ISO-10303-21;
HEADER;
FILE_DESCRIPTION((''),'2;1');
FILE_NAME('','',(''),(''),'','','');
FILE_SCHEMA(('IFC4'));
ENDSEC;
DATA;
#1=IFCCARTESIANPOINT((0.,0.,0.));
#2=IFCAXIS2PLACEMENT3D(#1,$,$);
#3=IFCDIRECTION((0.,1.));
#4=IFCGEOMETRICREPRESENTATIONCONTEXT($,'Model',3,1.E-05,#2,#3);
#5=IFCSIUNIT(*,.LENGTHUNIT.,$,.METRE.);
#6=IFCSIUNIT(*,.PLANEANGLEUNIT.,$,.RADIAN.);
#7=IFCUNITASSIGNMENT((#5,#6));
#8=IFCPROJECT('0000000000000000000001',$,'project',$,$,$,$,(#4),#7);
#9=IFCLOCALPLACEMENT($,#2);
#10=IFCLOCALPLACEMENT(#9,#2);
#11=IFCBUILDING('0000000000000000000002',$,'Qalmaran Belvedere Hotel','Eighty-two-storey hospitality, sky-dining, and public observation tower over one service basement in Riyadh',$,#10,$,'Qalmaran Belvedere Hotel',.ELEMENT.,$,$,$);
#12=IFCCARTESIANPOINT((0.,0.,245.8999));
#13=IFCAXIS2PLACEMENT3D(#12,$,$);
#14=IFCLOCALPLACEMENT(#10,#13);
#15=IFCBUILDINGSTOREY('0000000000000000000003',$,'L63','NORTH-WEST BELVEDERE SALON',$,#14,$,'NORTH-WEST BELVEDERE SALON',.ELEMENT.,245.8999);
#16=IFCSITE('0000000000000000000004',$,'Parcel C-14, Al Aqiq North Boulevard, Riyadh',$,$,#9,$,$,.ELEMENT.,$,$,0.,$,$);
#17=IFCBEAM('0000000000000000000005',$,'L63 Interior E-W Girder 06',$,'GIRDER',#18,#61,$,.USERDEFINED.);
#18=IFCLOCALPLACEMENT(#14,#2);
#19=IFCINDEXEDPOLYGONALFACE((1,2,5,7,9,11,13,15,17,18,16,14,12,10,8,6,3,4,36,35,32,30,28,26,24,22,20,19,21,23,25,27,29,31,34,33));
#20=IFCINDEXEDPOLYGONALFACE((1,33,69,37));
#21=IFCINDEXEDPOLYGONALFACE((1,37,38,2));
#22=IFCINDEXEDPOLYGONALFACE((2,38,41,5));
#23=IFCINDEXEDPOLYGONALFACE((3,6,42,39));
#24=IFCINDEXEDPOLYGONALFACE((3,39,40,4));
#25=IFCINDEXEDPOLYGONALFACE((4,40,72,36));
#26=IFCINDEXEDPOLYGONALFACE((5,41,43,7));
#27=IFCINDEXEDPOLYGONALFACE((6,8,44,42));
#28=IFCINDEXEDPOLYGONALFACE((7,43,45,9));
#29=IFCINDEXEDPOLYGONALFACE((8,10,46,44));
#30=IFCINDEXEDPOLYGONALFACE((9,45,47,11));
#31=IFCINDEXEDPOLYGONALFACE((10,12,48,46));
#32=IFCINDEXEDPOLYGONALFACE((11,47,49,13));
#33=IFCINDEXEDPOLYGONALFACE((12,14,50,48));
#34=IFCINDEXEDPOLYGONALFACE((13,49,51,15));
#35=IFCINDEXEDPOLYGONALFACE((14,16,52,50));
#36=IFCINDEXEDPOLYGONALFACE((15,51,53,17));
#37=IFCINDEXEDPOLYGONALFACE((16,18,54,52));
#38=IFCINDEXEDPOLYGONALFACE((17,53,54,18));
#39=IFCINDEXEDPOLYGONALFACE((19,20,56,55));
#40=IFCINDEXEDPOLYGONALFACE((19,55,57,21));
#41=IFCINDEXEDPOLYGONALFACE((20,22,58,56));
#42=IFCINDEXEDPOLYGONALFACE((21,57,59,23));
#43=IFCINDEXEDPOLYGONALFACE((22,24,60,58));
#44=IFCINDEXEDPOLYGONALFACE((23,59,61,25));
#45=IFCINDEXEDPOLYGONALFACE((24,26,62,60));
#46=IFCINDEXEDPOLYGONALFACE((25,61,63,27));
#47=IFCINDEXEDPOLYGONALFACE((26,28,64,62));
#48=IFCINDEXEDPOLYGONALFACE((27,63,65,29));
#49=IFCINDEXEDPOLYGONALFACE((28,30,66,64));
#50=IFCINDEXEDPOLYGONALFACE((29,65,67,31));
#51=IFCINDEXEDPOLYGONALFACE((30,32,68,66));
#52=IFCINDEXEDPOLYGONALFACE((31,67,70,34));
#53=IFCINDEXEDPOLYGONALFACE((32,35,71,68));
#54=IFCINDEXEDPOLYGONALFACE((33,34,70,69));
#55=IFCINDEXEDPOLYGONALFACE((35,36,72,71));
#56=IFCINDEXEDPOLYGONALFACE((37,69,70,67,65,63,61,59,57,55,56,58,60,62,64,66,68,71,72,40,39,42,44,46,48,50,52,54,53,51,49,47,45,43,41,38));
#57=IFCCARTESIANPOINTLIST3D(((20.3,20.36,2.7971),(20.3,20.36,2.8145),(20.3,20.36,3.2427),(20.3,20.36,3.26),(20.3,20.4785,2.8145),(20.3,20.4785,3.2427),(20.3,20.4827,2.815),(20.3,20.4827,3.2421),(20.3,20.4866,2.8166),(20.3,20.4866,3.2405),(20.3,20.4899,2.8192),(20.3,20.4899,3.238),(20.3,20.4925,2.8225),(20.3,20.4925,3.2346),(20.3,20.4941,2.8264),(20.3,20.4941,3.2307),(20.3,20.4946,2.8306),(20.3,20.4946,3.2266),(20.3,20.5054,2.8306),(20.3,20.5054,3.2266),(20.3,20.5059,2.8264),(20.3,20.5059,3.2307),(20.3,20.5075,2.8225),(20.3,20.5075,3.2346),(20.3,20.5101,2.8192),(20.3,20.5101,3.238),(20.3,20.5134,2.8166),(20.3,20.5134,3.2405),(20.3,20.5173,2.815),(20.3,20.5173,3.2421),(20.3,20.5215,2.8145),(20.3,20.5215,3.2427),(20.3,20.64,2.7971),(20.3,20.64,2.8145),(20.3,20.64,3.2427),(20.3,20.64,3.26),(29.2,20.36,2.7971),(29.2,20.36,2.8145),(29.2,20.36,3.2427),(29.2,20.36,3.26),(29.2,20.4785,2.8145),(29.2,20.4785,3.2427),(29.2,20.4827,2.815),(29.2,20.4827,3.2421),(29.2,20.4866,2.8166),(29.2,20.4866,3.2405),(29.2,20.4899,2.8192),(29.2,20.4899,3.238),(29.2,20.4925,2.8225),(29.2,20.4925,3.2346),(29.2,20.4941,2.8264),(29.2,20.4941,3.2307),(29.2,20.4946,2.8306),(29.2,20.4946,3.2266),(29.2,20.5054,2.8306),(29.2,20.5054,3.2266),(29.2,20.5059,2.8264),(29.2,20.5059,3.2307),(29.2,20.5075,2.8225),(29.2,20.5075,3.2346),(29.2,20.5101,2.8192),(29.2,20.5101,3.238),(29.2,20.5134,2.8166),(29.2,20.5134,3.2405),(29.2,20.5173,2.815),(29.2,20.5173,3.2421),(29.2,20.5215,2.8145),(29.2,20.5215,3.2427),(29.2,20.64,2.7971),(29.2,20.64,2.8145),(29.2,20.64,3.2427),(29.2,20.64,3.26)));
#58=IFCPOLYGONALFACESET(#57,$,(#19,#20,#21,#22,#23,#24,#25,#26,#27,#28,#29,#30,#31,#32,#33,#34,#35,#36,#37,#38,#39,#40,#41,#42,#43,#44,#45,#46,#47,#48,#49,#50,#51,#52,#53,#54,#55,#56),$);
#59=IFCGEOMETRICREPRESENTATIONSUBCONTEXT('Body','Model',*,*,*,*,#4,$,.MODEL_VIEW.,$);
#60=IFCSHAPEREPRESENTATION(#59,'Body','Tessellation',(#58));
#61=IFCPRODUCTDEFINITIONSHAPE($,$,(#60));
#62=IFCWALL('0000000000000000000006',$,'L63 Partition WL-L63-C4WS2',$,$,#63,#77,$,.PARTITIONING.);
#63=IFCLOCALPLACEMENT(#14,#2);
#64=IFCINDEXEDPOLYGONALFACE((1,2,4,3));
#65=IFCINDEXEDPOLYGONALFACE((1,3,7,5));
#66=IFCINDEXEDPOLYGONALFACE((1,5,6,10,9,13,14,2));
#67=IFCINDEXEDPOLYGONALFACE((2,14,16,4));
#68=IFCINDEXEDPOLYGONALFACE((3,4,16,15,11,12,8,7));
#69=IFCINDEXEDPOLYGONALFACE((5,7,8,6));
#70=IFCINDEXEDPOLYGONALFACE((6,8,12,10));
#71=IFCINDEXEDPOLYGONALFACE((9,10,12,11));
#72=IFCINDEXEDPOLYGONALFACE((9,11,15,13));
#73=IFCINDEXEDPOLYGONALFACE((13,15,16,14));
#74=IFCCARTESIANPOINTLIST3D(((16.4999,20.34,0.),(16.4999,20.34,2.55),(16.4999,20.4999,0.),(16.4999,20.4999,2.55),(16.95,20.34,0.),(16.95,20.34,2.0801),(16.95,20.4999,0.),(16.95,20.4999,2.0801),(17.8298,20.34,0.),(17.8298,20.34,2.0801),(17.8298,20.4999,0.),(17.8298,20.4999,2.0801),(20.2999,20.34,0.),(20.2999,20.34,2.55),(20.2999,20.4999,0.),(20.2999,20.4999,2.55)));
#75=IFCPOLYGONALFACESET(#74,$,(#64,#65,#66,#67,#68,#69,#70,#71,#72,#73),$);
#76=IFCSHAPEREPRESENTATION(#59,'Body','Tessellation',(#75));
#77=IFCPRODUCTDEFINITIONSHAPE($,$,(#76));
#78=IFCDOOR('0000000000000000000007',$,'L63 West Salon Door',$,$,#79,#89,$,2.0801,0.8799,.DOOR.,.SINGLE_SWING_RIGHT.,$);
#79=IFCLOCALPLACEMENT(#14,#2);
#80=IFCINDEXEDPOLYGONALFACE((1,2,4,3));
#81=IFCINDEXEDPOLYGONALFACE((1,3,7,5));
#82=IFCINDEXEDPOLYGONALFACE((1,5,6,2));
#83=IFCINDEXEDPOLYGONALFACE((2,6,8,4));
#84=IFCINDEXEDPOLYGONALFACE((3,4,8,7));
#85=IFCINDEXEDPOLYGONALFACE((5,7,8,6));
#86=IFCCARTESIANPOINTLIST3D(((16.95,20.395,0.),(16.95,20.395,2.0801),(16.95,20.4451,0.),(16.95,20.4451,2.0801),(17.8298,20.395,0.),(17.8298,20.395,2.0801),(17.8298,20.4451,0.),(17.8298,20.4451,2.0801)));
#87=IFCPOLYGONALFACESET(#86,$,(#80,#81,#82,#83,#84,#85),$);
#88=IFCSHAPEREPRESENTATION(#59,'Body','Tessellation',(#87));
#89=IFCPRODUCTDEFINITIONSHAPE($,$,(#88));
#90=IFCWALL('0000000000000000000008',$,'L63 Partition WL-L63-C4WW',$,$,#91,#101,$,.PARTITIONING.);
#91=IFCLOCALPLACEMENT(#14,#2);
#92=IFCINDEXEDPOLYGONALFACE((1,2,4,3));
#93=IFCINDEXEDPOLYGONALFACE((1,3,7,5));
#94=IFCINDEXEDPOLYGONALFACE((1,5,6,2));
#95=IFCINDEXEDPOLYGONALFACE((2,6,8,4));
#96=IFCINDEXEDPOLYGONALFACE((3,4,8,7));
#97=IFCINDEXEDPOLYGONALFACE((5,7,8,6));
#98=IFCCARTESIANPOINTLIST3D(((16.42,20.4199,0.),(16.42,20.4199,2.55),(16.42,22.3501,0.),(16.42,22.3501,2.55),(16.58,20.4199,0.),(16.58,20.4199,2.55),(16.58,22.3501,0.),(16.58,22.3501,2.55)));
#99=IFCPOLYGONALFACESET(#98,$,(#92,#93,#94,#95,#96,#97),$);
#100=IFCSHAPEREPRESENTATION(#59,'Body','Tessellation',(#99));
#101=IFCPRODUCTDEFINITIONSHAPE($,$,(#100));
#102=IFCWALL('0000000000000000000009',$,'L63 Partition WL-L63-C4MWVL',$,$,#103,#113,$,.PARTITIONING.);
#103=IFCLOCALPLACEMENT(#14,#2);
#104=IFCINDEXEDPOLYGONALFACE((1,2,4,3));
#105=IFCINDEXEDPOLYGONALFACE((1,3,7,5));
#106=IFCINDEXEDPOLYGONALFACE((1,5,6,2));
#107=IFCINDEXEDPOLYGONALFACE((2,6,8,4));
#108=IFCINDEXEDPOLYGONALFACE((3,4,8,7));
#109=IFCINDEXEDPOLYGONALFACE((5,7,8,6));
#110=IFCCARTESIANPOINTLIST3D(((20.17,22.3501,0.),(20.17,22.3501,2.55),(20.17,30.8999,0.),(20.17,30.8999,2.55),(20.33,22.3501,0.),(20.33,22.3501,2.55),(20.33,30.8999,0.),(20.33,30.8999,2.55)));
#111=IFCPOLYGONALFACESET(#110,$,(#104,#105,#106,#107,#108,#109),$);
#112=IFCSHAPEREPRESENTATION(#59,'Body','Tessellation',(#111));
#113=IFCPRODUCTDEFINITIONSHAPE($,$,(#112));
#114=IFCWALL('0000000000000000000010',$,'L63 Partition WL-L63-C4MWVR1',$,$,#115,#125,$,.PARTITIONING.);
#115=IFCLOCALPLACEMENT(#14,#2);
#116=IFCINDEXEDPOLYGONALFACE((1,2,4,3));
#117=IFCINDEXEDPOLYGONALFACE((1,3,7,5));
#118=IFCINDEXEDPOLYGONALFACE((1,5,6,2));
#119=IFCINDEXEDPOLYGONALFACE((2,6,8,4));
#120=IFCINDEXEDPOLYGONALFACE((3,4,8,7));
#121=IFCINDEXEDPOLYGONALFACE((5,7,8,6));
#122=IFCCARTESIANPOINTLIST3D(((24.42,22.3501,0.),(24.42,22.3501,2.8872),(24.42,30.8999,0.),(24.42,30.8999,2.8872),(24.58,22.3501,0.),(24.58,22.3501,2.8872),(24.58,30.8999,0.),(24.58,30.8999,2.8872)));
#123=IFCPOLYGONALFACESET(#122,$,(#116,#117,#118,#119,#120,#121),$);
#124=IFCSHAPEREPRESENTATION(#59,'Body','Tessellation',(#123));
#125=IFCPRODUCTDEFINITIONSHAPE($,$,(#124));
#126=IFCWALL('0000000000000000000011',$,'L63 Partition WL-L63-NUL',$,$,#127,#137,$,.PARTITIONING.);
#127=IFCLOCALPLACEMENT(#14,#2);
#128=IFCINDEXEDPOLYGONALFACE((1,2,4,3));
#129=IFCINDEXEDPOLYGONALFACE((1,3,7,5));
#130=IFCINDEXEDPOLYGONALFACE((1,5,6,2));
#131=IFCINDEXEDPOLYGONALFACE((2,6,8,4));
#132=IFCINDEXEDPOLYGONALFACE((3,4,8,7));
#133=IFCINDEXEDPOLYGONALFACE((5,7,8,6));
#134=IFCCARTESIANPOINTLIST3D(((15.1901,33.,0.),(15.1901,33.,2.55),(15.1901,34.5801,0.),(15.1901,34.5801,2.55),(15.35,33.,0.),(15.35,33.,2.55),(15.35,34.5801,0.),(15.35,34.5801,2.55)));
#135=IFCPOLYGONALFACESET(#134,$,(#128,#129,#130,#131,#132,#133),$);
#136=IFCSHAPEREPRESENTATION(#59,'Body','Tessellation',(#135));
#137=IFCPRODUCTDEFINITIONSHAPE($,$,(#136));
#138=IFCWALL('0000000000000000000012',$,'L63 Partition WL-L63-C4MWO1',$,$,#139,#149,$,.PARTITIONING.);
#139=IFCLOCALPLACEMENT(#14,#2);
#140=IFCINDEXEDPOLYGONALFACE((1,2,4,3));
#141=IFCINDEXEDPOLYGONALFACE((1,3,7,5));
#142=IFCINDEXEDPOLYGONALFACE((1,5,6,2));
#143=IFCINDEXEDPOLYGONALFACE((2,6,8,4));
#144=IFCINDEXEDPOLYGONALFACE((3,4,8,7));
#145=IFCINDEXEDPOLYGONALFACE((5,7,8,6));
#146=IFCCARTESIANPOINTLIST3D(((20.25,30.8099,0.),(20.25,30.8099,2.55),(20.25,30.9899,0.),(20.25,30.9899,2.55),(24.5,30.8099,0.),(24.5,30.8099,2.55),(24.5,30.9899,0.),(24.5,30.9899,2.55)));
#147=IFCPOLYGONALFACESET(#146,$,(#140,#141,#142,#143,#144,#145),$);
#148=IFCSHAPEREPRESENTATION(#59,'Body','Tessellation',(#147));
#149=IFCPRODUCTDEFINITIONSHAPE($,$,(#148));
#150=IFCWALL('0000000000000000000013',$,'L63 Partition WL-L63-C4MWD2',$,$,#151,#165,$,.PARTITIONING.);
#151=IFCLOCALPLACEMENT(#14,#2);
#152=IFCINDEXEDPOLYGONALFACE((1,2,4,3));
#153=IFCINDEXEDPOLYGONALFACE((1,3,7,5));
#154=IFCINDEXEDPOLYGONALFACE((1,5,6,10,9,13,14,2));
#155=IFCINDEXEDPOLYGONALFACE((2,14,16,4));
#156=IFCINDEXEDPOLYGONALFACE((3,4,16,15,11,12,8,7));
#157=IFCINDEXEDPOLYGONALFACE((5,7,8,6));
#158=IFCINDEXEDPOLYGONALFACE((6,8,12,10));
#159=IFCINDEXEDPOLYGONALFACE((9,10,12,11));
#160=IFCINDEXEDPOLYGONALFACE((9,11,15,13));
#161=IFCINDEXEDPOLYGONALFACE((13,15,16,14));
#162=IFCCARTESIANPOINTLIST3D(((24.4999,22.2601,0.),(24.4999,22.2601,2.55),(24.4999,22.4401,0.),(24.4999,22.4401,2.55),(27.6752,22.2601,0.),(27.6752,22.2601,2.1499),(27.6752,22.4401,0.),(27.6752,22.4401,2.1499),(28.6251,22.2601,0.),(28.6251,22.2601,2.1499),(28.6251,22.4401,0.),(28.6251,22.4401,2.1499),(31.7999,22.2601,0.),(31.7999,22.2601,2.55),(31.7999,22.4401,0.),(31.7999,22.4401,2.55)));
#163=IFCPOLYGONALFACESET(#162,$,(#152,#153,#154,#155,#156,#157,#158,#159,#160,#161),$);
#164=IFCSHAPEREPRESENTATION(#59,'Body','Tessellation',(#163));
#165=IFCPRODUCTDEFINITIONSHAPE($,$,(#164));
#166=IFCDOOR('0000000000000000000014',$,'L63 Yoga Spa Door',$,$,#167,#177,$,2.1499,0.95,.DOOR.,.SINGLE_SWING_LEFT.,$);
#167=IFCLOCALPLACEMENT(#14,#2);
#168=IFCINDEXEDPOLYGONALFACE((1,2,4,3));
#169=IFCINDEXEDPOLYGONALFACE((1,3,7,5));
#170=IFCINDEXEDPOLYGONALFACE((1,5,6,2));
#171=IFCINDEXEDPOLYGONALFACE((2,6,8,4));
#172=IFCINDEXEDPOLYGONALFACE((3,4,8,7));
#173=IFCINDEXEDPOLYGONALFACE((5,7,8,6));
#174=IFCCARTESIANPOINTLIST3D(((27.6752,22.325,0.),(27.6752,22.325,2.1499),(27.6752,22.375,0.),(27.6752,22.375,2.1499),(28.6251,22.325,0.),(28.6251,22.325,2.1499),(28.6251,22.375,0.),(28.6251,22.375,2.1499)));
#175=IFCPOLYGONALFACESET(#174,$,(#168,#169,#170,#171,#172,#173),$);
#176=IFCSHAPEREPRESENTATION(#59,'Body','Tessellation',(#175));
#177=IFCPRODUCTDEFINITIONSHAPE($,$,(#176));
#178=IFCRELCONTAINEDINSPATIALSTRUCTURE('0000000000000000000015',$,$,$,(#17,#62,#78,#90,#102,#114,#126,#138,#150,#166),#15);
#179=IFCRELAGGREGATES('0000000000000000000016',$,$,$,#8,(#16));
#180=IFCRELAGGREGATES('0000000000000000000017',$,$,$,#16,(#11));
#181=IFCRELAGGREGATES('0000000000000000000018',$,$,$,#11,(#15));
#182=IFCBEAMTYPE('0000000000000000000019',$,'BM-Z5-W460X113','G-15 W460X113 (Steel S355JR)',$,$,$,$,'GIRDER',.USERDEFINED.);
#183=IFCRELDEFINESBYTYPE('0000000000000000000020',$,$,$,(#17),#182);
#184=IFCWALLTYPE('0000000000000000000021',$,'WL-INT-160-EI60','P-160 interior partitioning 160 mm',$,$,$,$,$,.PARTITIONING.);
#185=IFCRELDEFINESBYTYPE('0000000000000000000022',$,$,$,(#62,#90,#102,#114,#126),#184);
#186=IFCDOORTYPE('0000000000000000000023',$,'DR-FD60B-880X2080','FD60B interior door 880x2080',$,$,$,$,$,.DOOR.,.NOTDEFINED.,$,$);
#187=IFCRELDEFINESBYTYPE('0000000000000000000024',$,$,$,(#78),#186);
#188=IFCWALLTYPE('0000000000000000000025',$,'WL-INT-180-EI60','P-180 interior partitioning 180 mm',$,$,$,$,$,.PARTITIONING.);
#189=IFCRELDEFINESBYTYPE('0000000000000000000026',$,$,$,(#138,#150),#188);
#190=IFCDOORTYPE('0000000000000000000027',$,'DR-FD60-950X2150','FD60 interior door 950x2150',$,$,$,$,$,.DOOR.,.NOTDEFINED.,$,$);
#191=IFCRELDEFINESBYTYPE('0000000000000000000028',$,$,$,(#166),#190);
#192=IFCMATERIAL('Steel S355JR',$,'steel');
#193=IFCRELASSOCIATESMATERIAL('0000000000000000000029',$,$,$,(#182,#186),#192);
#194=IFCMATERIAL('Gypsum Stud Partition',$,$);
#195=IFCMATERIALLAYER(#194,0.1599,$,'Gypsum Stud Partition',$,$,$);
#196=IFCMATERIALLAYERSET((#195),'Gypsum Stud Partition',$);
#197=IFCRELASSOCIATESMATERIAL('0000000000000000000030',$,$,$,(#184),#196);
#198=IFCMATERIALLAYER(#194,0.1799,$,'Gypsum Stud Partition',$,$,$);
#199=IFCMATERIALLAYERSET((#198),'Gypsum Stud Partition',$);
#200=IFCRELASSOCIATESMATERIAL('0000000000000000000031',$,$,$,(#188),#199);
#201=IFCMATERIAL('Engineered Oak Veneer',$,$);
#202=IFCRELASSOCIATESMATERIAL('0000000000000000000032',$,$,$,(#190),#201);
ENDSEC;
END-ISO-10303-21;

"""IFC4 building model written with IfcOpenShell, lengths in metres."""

from ifc_helpers import new_model, si_unit, direction, frame, frame_2d, origin, origin_2d, place, context, subcontext, project, spatial, rectangle, i_section, extrude, material, layer, layer_set, material_profile, profile_set, type_object, element, fill, save


model = new_model("IFC4")

# Units and contexts
model_context = context("Model", 3, precision=1e-05, world=origin(), true_north=direction((0.0, 1.0)))
body_context = subcontext(model_context, "Body", "Model", "MODEL_VIEW")
ifc_project = project(units=[si_unit("LENGTHUNIT", "METRE"), si_unit("PLANEANGLEUNIT", "RADIAN")], contexts=[model_context])

# Site, building, storey
site_placement = place(None, origin())
site = spatial("IfcSite", under=ifc_project, at=site_placement, Name="Parcel C-14, Al Aqiq North Boulevard, Riyadh", CompositionType="ELEMENT", RefElevation=0.0)
building_placement = place(site_placement, origin())
building = spatial("IfcBuilding", under=site, at=building_placement, Name="Qalmaran Belvedere Hotel", Description="Eighty-two-storey hospitality, sky-dining, and public observation tower over one service basement in Riyadh", LongName="Qalmaran Belvedere Hotel", CompositionType="ELEMENT")
storey_placement = place(building_placement, frame((0.0, 0.0, 245.8999)))
storey = spatial("IfcBuildingStorey", under=building, at=storey_placement, Name="L63", Description="NORTH-WEST BELVEDERE SALON", LongName="NORTH-WEST BELVEDERE SALON", CompositionType="ELEMENT", Elevation=245.8999)

# Beam
ifc_material_1 = material(Name="Steel S355JR", Category="steel")
ifc_material_profile_1 = material_profile(ifc_material_1, i_section(OverallWidth=0.28, OverallDepth=0.4629, WebThickness=0.0107, FlangeThickness=0.0173, FilletRadius=0.0161, at=origin_2d()), Name="W460X113")
ifc_profile_set_1 = profile_set([ifc_material_profile_1], Name="Steel S355JR")
beam_type_1 = type_object("IfcBeamType", Name="BM-Z5-W460X113", Description="G-15 W460X113 (Steel S355JR)", ElementType="GIRDER", PredefinedType="USERDEFINED", material=ifc_profile_set_1)
beam_1_placement = place(storey_placement, frame((20.3, 20.5, 3.0286), z_axis=(1.0, 0.0, 0.0), x_axis=(0.0, 1.0, 0.0)))
element("IfcBeam", 1, at=beam_1_placement, inside=storey, type_object=beam_type_1, Name="L63 Interior E-W Girder 06", ObjectType="GIRDER", PredefinedType="USERDEFINED", context=body_context, shape_type="SweptSolid", body=[
    extrude(i_section(OverallWidth=0.28, OverallDepth=0.4629, WebThickness=0.0107, FlangeThickness=0.0173, FilletRadius=0.0161, at=origin_2d()), origin(), (0.0, 0.0, 1.0), 8.8999),
])

# Wall, opening, door
ifc_material_2 = material(Name="Gypsum Stud Partition")
ifc_layer_1 = layer(ifc_material_2, 0.1599, Name="Gypsum Stud Partition")
ifc_layer_set_1 = layer_set([ifc_layer_1], Name="Gypsum Stud Partition")
wall_type_1 = type_object("IfcWallType", Name="WL-INT-160-EI60", Description="P-160 interior partitioning 160 mm", PredefinedType="PARTITIONING", material=ifc_layer_set_1)
wall_1_placement = place(storey_placement, frame((16.5, 20.4199, 0.0), z_axis=(0.0, 0.0, 1.0), x_axis=(1.0, 0.0, 0.0)))
wall_1 = element("IfcWall", 2, at=wall_1_placement, inside=storey, type_object=wall_type_1, Name="L63 Partition WL-L63-C4WS2", PredefinedType="PARTITIONING", context=body_context, shape_type="SweptSolid", body=[
    extrude(rectangle(XDim=3.8, YDim=0.1599, at=frame_2d((1.8999, 0.0))), origin(), (0.0, 0.0, 1.0), 2.55),
])
opening_1_placement = place(wall_1_placement, frame((1.3298, 0.0, 0.0), z_axis=(0.0, 0.0, 1.0), x_axis=(-1.0, 0.0, 0.0)))
opening_1 = element("IfcOpeningElement", 3, at=opening_1_placement, cuts=wall_1, PredefinedType="OPENING", context=body_context, shape_type="SweptSolid", body=[
    extrude(rectangle(XDim=0.8799, YDim=2.0801, at=frame_2d((0.4399, 1.04))), frame((0.0, 0.0898, 0.0), z_axis=(0.0, -1.0, 0.0), x_axis=(1.0, 0.0, 0.0)), (0.0, 0.0, 1.0), 0.1799),
])
door_type_1 = type_object("IfcDoorType", Name="DR-FD60B-880X2080", Description="FD60B interior door 880x2080", OperationType="NOTDEFINED", PredefinedType="DOOR", material=ifc_material_1)
door_1_placement = place(opening_1_placement, origin())
door_1 = element("IfcDoor", 4, at=door_1_placement, inside=storey, type_object=door_type_1, Name="L63 West Salon Door", OperationType="SINGLE_SWING_RIGHT", OverallHeight=2.0801, OverallWidth=0.8799, PredefinedType="DOOR", context=body_context, shape_type="SweptSolid", body=[
    extrude(rectangle(XDim=0.8799, YDim=2.0801, at=frame_2d((0.4399, 1.04))), frame((0.0, 0.0249, 0.0), z_axis=(0.0, -1.0, 0.0), x_axis=(1.0, 0.0, 0.0)), (0.0, 0.0, 1.0), 0.05),
])
fill(opening_1, door_1)

# Walls
wall_2_placement = place(storey_placement, frame((16.5, 20.4199, 0.0), z_axis=(0.0, 0.0, 1.0), x_axis=(0.0, 1.0, 0.0)))
element("IfcWall", 5, at=wall_2_placement, inside=storey, type_object=wall_type_1, Name="L63 Partition WL-L63-C4WW", PredefinedType="PARTITIONING", context=body_context, shape_type="SweptSolid", body=[
    extrude(rectangle(XDim=1.9302, YDim=0.1599, at=frame_2d((0.9651, 0.0))), origin(), (0.0, 0.0, 1.0), 2.55),
])
wall_3_placement = place(storey_placement, frame((20.25, 22.3501, 0.0), z_axis=(0.0, 0.0, 1.0), x_axis=(0.0, 1.0, 0.0)))
element("IfcWall", 6, at=wall_3_placement, inside=storey, type_object=wall_type_1, Name="L63 Partition WL-L63-C4MWVL", PredefinedType="PARTITIONING", context=body_context, shape_type="SweptSolid", body=[
    extrude(rectangle(XDim=8.5498, YDim=0.1599, at=frame_2d((4.2749, 0.0))), origin(), (0.0, 0.0, 1.0), 2.55),
])
wall_4_placement = place(storey_placement, frame((24.5, 22.3501, 0.0), z_axis=(0.0, 0.0, 1.0), x_axis=(0.0, 1.0, 0.0)))
element("IfcWall", 7, at=wall_4_placement, inside=storey, type_object=wall_type_1, Name="L63 Partition WL-L63-C4MWVR1", PredefinedType="PARTITIONING", context=body_context, shape_type="SweptSolid", body=[
    extrude(rectangle(XDim=8.5498, YDim=0.1599, at=frame_2d((4.2749, 0.0))), origin(), (0.0, 0.0, 1.0), 2.8872),
])
wall_5_placement = place(storey_placement, frame((15.27, 33.0, 0.0), z_axis=(0.0, 0.0, 1.0), x_axis=(0.0, 1.0, 0.0)))
element("IfcWall", 8, at=wall_5_placement, inside=storey, type_object=wall_type_1, Name="L63 Partition WL-L63-NUL", PredefinedType="PARTITIONING", context=body_context, shape_type="SweptSolid", body=[
    extrude(rectangle(XDim=1.5801, YDim=0.1599, at=frame_2d((0.79, 0.0))), origin(), (0.0, 0.0, 1.0), 2.55),
])

# Shared definitions
ifc_layer_2 = layer(ifc_material_2, 0.1799, Name="Gypsum Stud Partition")
ifc_layer_set_2 = layer_set([ifc_layer_2], Name="Gypsum Stud Partition")
wall_type_2 = type_object("IfcWallType", Name="WL-INT-180-EI60", Description="P-180 interior partitioning 180 mm", PredefinedType="PARTITIONING", material=ifc_layer_set_2)
ifc_material_3 = material(Name="Engineered Oak Veneer")
door_type_2 = type_object("IfcDoorType", Name="DR-FD60-950X2150", Description="FD60 interior door 950x2150", OperationType="NOTDEFINED", PredefinedType="DOOR", material=ifc_material_3)

# Wall
wall_6_placement = place(storey_placement, frame((20.25, 30.8999, 0.0), z_axis=(0.0, 0.0, 1.0), x_axis=(1.0, 0.0, 0.0)))
element("IfcWall", 9, at=wall_6_placement, inside=storey, type_object=wall_type_2, Name="L63 Partition WL-L63-C4MWO1", PredefinedType="PARTITIONING", context=body_context, shape_type="SweptSolid", body=[
    extrude(rectangle(XDim=4.25, YDim=0.1799, at=frame_2d((2.125, 0.0))), origin(), (0.0, 0.0, 1.0), 2.55),
])

# Wall, opening, door
wall_7_placement = place(storey_placement, frame((24.5, 22.3501, 0.0), z_axis=(0.0, 0.0, 1.0), x_axis=(1.0, 0.0, 0.0)))
wall_7 = element("IfcWall", 10, at=wall_7_placement, inside=storey, type_object=wall_type_2, Name="L63 Partition WL-L63-C4MWD2", PredefinedType="PARTITIONING", context=body_context, shape_type="SweptSolid", body=[
    extrude(rectangle(XDim=7.3, YDim=0.1799, at=frame_2d((3.6499, 0.0))), origin(), (0.0, 0.0, 1.0), 2.55),
])
opening_2_placement = place(wall_7_placement, frame((3.175, 0.0, 0.0)))
opening_2 = element("IfcOpeningElement", 11, at=opening_2_placement, cuts=wall_7, PredefinedType="OPENING", context=body_context, shape_type="SweptSolid", body=[
    extrude(rectangle(XDim=0.95, YDim=2.1499, at=frame_2d((0.4751, 1.075))), frame((0.0, 0.1001, 0.0), z_axis=(0.0, -1.0, 0.0), x_axis=(1.0, 0.0, 0.0)), (0.0, 0.0, 1.0), 0.2),
])
door_2_placement = place(opening_2_placement, origin())
door_2 = element("IfcDoor", 12, at=door_2_placement, inside=storey, type_object=door_type_2, Name="L63 Yoga Spa Door", OperationType="SINGLE_SWING_LEFT", OverallHeight=2.1499, OverallWidth=0.95, PredefinedType="DOOR", context=body_context, shape_type="SweptSolid", body=[
    extrude(rectangle(XDim=0.95, YDim=2.1499, at=frame_2d((0.4751, 1.075))), frame((0.0, 0.0249, 0.0), z_axis=(0.0, -1.0, 0.0), x_axis=(1.0, 0.0, 0.0)), (0.0, 0.0, 1.0), 0.05),
])
fill(opening_2, door_2)

save(model, "model.ifc")
